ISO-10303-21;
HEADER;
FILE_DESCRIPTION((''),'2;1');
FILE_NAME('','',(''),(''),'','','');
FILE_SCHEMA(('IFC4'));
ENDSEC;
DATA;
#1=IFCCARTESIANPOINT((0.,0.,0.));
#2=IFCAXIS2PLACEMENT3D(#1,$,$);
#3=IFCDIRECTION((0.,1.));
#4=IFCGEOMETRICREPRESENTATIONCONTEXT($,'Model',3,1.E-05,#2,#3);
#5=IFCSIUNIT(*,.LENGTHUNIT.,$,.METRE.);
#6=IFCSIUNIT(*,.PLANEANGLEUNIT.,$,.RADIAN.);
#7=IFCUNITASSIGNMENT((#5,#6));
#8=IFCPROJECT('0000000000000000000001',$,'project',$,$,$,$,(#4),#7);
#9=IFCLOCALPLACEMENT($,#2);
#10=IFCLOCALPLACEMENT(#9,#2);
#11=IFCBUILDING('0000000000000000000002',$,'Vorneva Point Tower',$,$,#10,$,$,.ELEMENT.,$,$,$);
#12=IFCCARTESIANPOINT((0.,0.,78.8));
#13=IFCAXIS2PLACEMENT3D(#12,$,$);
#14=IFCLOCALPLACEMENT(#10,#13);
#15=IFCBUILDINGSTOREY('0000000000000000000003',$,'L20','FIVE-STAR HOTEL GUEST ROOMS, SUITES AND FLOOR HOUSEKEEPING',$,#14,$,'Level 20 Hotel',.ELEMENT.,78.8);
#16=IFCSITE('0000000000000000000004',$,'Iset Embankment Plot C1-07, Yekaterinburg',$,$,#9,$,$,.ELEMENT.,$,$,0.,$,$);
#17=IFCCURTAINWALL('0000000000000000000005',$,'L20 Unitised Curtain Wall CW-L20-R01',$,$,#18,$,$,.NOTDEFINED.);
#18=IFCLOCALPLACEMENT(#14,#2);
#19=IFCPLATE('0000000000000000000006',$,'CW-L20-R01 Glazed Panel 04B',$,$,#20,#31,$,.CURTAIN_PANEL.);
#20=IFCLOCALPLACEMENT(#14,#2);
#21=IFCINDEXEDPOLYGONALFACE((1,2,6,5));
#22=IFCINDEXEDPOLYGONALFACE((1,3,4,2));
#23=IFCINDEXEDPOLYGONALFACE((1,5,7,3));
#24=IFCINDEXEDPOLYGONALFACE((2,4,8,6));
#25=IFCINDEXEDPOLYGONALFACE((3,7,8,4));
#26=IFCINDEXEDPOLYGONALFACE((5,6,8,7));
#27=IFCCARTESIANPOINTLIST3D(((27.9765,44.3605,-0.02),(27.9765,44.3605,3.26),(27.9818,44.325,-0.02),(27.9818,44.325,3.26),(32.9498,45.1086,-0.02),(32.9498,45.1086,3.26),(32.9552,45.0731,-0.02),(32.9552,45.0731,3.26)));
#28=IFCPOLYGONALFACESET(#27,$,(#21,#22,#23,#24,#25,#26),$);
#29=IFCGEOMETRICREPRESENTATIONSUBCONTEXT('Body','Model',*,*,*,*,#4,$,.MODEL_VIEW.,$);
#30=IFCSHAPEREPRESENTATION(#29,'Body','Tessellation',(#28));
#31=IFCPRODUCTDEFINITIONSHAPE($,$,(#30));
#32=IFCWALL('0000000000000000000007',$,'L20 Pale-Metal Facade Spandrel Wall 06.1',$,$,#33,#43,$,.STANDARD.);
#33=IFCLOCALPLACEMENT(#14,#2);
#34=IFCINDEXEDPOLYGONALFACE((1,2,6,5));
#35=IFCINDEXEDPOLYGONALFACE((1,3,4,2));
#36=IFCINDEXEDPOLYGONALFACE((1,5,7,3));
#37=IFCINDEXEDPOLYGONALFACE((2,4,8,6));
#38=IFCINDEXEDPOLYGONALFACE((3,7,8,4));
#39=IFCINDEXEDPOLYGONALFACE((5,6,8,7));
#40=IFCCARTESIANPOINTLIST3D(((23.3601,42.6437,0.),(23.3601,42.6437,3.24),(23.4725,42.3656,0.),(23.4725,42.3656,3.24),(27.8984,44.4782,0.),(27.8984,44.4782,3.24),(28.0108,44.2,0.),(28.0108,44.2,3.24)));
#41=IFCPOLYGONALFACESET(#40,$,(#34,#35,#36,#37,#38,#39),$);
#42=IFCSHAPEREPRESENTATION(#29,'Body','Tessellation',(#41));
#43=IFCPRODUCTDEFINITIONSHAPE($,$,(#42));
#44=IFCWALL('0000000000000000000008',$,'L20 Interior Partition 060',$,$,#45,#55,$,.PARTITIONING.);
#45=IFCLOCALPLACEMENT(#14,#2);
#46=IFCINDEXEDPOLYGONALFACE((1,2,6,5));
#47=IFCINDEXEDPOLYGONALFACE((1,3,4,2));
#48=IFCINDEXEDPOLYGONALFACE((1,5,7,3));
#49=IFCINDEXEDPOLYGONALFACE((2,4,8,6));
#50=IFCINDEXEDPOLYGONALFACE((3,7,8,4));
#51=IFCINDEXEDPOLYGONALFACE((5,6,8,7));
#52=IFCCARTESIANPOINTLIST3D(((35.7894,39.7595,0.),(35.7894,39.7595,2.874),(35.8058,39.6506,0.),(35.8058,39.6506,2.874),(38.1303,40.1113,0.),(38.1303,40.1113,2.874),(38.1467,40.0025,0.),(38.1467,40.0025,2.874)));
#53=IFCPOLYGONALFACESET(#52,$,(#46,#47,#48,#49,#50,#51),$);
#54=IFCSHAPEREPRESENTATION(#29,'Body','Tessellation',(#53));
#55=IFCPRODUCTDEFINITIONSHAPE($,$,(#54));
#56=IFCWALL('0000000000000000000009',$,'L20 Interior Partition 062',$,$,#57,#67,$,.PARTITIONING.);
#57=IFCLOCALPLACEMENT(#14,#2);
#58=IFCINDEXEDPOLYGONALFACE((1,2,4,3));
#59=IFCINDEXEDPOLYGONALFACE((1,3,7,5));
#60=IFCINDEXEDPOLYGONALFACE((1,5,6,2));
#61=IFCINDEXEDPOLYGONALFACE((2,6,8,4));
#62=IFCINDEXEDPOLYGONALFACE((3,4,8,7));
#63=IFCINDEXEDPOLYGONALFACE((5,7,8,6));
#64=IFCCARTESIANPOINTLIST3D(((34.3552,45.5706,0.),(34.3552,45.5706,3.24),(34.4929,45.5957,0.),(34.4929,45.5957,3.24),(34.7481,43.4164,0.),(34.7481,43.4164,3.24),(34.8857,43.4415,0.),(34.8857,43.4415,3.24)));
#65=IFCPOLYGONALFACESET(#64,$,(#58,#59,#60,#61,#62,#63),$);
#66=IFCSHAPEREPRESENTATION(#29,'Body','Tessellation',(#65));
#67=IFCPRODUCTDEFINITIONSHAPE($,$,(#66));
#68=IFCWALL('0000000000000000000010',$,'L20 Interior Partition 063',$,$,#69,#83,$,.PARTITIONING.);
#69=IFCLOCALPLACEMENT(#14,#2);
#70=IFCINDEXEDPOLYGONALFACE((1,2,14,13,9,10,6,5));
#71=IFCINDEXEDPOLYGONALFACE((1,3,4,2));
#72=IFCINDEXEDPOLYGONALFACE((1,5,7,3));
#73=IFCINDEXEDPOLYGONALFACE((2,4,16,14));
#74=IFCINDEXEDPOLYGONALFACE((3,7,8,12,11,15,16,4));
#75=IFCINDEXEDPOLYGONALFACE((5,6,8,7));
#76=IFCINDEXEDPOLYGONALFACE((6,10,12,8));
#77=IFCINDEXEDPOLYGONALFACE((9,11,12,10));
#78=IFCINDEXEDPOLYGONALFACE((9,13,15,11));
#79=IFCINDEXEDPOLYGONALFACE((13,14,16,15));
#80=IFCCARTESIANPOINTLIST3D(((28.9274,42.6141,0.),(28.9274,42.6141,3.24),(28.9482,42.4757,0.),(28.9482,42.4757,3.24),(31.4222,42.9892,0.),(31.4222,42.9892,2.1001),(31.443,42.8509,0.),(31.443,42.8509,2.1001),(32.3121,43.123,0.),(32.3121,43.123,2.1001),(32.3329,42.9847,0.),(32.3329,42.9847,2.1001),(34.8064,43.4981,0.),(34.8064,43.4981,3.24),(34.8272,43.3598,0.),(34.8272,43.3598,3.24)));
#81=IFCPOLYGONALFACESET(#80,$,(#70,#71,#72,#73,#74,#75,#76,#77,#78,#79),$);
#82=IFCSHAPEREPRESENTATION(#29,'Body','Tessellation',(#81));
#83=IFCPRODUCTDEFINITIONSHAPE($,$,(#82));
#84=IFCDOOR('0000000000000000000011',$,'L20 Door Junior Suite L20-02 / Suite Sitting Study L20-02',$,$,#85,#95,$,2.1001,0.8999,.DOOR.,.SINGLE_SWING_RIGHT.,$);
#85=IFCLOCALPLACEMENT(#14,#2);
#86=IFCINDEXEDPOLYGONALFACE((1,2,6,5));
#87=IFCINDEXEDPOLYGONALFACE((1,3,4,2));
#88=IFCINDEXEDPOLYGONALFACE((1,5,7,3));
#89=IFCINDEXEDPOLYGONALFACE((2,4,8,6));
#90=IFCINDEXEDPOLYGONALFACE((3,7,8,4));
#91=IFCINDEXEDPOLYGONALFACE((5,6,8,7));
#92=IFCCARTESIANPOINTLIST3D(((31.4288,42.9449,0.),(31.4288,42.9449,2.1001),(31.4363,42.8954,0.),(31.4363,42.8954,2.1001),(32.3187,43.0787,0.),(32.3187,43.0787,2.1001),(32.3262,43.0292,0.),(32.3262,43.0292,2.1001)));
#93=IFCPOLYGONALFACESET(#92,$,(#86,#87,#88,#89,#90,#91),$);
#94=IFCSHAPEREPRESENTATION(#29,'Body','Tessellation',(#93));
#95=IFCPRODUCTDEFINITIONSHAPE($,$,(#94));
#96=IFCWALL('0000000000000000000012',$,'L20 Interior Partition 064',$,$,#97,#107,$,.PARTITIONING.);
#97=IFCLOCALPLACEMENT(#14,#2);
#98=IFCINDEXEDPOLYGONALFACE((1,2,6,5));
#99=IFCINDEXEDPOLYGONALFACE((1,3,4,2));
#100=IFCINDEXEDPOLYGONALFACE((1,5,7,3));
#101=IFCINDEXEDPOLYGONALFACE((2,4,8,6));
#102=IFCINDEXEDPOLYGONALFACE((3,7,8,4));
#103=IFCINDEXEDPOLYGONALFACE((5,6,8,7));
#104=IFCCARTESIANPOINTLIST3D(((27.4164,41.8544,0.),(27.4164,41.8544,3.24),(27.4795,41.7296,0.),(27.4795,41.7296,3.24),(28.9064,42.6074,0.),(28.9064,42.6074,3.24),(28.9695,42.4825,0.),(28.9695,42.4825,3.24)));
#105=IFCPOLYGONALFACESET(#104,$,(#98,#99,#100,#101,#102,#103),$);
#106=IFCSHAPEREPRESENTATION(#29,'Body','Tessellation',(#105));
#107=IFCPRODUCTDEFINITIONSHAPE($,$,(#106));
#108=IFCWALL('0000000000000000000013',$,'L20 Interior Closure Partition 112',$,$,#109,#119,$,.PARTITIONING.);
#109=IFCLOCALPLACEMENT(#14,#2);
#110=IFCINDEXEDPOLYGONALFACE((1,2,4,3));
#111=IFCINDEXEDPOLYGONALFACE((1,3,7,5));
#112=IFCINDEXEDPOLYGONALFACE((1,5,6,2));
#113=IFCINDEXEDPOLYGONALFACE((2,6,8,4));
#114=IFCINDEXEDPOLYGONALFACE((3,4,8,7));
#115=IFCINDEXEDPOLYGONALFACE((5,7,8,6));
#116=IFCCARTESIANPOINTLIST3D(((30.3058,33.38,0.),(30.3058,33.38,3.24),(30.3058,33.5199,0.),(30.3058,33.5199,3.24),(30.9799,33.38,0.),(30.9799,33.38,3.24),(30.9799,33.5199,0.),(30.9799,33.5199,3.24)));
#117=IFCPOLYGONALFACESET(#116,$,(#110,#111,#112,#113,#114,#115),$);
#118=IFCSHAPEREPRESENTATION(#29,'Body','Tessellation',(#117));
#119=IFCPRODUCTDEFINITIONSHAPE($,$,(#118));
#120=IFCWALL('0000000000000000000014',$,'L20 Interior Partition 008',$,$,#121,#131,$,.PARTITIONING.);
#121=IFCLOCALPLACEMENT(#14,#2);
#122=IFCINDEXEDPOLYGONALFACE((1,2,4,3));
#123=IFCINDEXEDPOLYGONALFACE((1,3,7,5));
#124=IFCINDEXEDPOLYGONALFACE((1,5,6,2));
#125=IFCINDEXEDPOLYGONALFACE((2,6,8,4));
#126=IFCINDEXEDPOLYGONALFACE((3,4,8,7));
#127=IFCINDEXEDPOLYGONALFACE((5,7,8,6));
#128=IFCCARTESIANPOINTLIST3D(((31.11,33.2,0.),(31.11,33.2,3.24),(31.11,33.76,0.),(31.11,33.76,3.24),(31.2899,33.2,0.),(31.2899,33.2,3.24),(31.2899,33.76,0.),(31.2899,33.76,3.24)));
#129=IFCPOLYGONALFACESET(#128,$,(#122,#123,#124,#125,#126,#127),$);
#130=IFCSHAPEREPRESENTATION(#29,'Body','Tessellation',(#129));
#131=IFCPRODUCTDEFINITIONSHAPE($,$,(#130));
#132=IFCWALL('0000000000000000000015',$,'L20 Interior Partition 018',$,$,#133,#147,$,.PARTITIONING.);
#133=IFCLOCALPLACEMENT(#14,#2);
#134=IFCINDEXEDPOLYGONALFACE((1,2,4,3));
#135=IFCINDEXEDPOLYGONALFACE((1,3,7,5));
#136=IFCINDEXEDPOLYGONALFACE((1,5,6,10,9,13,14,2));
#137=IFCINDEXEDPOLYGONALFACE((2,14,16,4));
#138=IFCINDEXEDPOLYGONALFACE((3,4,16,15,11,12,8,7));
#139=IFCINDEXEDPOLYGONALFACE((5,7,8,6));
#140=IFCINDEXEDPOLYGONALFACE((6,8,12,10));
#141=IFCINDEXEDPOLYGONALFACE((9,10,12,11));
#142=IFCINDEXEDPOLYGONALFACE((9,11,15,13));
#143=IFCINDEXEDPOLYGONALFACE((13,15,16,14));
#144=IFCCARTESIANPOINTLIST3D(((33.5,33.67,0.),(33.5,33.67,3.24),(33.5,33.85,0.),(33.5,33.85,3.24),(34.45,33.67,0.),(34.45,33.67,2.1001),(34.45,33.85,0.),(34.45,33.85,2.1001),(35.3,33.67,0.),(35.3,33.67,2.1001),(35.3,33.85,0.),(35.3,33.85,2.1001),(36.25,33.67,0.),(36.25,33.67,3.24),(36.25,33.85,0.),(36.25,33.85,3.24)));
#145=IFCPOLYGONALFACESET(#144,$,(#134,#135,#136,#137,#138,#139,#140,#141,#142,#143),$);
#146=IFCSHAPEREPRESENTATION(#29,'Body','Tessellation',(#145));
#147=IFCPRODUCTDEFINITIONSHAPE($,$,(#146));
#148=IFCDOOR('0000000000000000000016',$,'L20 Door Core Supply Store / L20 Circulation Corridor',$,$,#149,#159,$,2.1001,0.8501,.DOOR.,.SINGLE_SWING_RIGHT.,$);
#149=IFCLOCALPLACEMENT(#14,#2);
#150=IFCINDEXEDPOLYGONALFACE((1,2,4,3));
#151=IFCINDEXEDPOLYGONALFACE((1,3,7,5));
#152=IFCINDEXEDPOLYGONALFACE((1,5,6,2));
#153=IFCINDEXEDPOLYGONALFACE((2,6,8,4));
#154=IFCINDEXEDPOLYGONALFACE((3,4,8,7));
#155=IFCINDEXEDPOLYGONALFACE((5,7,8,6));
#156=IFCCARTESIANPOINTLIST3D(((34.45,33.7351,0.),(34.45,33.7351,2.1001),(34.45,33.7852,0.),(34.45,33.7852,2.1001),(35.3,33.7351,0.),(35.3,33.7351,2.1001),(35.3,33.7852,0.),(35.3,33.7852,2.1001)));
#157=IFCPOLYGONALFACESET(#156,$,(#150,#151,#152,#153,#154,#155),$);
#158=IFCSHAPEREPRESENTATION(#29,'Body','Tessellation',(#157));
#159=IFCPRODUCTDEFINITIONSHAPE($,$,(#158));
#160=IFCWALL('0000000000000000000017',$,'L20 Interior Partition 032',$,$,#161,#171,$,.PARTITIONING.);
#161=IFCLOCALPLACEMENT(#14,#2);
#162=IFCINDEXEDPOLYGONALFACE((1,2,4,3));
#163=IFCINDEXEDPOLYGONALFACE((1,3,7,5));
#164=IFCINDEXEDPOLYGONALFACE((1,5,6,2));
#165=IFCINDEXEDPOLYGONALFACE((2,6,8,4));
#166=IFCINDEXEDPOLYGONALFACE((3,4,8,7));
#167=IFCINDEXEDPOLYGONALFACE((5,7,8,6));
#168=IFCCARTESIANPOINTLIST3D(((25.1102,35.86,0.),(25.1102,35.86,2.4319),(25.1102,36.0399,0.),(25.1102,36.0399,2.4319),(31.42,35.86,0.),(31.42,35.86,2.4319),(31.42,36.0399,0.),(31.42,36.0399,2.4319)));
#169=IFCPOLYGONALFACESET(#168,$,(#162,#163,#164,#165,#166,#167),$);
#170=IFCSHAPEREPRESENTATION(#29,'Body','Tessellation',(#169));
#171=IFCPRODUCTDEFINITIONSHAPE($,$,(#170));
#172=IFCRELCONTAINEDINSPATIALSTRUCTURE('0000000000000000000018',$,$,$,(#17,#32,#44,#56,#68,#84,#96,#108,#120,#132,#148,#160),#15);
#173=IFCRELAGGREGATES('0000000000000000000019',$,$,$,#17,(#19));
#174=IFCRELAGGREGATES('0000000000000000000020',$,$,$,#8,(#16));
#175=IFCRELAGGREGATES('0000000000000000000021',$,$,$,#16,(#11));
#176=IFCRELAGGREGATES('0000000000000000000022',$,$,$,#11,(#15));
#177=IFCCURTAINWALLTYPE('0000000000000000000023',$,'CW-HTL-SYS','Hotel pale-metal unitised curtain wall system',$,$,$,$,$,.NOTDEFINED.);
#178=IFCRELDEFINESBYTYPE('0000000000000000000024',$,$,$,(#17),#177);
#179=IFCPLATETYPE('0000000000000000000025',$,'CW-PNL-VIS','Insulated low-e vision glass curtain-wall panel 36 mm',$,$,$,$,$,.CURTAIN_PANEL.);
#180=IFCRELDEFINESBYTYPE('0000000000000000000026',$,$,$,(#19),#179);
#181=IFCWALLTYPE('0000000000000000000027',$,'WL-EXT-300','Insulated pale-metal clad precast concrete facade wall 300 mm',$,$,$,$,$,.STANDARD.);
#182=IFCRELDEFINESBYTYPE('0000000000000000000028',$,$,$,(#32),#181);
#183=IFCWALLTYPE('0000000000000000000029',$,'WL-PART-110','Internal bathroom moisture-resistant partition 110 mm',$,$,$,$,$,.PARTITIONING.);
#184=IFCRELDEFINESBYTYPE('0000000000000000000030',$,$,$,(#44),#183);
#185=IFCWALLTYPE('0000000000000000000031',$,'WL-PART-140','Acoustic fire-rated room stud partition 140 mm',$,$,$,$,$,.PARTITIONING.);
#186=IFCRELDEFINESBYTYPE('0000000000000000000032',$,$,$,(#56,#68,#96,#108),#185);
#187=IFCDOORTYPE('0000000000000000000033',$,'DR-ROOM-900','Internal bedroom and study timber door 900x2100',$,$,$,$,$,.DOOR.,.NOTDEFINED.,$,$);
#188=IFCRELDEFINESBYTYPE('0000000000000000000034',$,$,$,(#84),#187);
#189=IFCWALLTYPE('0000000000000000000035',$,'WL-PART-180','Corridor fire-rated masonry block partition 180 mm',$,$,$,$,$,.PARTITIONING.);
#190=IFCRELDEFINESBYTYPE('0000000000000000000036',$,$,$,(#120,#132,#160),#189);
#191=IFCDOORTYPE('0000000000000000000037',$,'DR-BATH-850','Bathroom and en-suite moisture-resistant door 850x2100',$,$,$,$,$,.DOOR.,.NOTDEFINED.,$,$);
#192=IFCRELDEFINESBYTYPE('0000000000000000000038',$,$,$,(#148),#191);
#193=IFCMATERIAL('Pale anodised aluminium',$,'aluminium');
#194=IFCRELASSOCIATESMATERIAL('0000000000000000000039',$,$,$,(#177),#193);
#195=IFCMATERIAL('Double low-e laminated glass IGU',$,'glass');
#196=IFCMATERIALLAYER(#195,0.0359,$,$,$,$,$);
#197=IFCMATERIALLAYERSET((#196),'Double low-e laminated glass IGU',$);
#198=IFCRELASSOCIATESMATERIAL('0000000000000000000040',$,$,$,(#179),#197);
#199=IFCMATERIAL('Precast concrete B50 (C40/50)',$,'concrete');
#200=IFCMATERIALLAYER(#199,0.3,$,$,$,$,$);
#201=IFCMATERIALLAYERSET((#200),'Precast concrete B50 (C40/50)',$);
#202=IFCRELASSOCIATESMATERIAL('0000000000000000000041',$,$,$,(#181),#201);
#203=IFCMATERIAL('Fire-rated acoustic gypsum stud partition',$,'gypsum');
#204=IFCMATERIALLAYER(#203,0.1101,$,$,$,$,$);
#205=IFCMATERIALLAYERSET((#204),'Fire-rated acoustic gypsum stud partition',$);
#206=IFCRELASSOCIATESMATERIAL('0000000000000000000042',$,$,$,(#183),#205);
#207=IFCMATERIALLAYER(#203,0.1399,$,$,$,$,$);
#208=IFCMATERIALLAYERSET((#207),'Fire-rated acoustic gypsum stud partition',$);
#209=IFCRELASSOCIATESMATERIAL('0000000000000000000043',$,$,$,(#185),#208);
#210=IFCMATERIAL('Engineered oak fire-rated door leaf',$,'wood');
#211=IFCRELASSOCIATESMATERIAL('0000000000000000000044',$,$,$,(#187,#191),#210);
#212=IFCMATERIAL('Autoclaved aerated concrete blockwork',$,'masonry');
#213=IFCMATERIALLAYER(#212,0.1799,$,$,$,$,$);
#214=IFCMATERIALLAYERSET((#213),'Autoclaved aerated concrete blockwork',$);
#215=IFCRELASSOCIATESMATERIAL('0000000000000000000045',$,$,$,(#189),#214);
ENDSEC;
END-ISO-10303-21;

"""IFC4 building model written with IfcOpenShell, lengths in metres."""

from ifc_helpers import new_model, si_unit, direction, frame, frame_2d, origin, origin_2d, place, context, subcontext, project, spatial, rectangle, extrude, material, layer, layer_set, type_object, element, fill, aggregate, save


model = new_model("IFC4")

# Units and contexts
model_context = context("Model", 3, precision=1e-05, world=origin(), true_north=direction((0.0, 1.0)))
body_context = subcontext(model_context, "Body", "Model", "MODEL_VIEW")
ifc_project = project(units=[si_unit("LENGTHUNIT", "METRE"), si_unit("PLANEANGLEUNIT", "RADIAN")], contexts=[model_context])

# Site, building, storey
site_placement = place(None, origin())
site = spatial("IfcSite", under=ifc_project, at=site_placement, Name="Iset Embankment Plot C1-07, Yekaterinburg", CompositionType="ELEMENT", RefElevation=0.0)
building_placement = place(site_placement, origin())
building = spatial("IfcBuilding", under=site, at=building_placement, Name="Vorneva Point Tower", CompositionType="ELEMENT")
storey_placement = place(building_placement, frame((0.0, 0.0, 78.8)))
storey = spatial("IfcBuildingStorey", under=building, at=storey_placement, Name="L20", Description="FIVE-STAR HOTEL GUEST ROOMS, SUITES AND FLOOR HOUSEKEEPING", LongName="Level 20 Hotel", CompositionType="ELEMENT", Elevation=78.8)

# Curtain wall, plate
ifc_material_1 = material(Name="Pale anodised aluminium", Category="aluminium")
curtain_wall_type = type_object("IfcCurtainWallType", Name="CW-HTL-SYS", Description="Hotel pale-metal unitised curtain wall system", PredefinedType="NOTDEFINED", material=ifc_material_1)
curtain_wall_placement = place(storey_placement, origin())
curtain_wall = element("IfcCurtainWall", 1, at=curtain_wall_placement, inside=storey, type_object=curtain_wall_type, Name="L20 Unitised Curtain Wall CW-L20-R01", PredefinedType="NOTDEFINED")
ifc_material_2 = material(Name="Double low-e laminated glass IGU", Category="glass")
ifc_layer_1 = layer(ifc_material_2, 0.0359)
ifc_layer_set_1 = layer_set([ifc_layer_1], Name="Double low-e laminated glass IGU")
plate_type = type_object("IfcPlateType", Name="CW-PNL-VIS", Description="Insulated low-e vision glass curtain-wall panel 36 mm", PredefinedType="CURTAIN_PANEL", material=ifc_layer_set_1)
plate_1_placement = place(storey_placement, frame((30.4658, 44.7168, -0.02), z_axis=(0.0, 0.0, 1.0), x_axis=(-0.988876, -0.148741, 0.0)))
plate_1 = element("IfcPlate", 2, at=plate_1_placement, type_object=plate_type, Name="CW-L20-R01 Glazed Panel 04B", PredefinedType="CURTAIN_PANEL", context=body_context, shape_type="SweptSolid", body=[
    extrude(rectangle(XDim=5.0293, YDim=0.0359, at=origin_2d()), origin(), (0.0, 0.0, 1.0), 3.28),
])
aggregate(curtain_wall, [plate_1])

# Walls
ifc_material_3 = material(Name="Precast concrete B50 (C40/50)", Category="concrete")
ifc_layer_2 = layer(ifc_material_3, 0.3)
ifc_layer_set_2 = layer_set([ifc_layer_2], Name="Precast concrete B50 (C40/50)")
wall_type_1 = type_object("IfcWallType", Name="WL-EXT-300", Description="Insulated pale-metal clad precast concrete facade wall 300 mm", PredefinedType="STANDARD", material=ifc_layer_set_2)
wall_1_placement = place(storey_placement, frame((27.9546, 44.3391, 0.0), z_axis=(0.0, 0.0, 1.0), x_axis=(-0.927122, -0.374759, 0.0)))
element("IfcWall", 3, at=wall_1_placement, inside=storey, type_object=wall_type_1, Name="L20 Pale-Metal Facade Spandrel Wall 06.1", PredefinedType="STANDARD", context=body_context, shape_type="SweptSolid", body=[
    extrude(rectangle(XDim=4.895, YDim=0.3, at=frame_2d((2.4475, 0.0))), origin(), (0.0, 0.0, 1.0), 3.24),
])
ifc_material_4 = material(Name="Fire-rated acoustic gypsum stud partition", Category="gypsum")
ifc_layer_3 = layer(ifc_material_4, 0.1101)
ifc_layer_set_3 = layer_set([ifc_layer_3], Name="Fire-rated acoustic gypsum stud partition")
wall_type_2 = type_object("IfcWallType", Name="WL-PART-110", Description="Internal bathroom moisture-resistant partition 110 mm", PredefinedType="PARTITIONING", material=ifc_layer_set_3)
wall_2_placement = place(storey_placement, frame((35.7976, 39.7051, 0.0), z_axis=(0.0, 0.0, 1.0), x_axis=(0.988894, 0.148623, 0.0)))
element("IfcWall", 4, at=wall_2_placement, inside=storey, type_object=wall_type_2, Name="L20 Interior Partition 060", PredefinedType="PARTITIONING", context=body_context, shape_type="SweptSolid", body=[
    extrude(rectangle(XDim=2.3672, YDim=0.1101, at=frame_2d((1.1836, 0.0))), origin(), (0.0, 0.0, 1.0), 2.874),
])
ifc_layer_4 = layer(ifc_material_4, 0.1399)
ifc_layer_set_4 = layer_set([ifc_layer_4], Name="Fire-rated acoustic gypsum stud partition")
wall_type_3 = type_object("IfcWallType", Name="WL-PART-140", Description="Acoustic fire-rated room stud partition 140 mm", PredefinedType="PARTITIONING", material=ifc_layer_set_4)
wall_3_placement = place(storey_placement, frame((34.4241, 45.583, 0.0), z_axis=(0.0, 0.0, 1.0), x_axis=(0.179405, -0.983775, 0.0)))
element("IfcWall", 5, at=wall_3_placement, inside=storey, type_object=wall_type_3, Name="L20 Interior Partition 062", PredefinedType="PARTITIONING", context=body_context, shape_type="SweptSolid", body=[
    extrude(rectangle(XDim=2.1897, YDim=0.1399, at=frame_2d((1.0947, 0.0))), origin(), (0.0, 0.0, 1.0), 3.24),
])

# Wall, opening, door
wall_4_placement = place(storey_placement, frame((34.8169, 43.429, 0.0), z_axis=(0.0, 0.0, 1.0), x_axis=(-0.988882, -0.148702, 0.0)))
wall_4 = element("IfcWall", 6, at=wall_4_placement, inside=storey, type_object=wall_type_3, Name="L20 Interior Partition 063", PredefinedType="PARTITIONING", context=body_context, shape_type="SweptSolid", body=[
    extrude(rectangle(XDim=5.9451, YDim=0.1399, at=frame_2d((2.9727, 0.0))), origin(), (0.0, 0.0, 1.0), 3.24),
])
opening_1_placement = place(wall_4_placement, frame((2.5225, 0.0, 0.0)))
opening_1 = element("IfcOpeningElement", 7, at=opening_1_placement, cuts=wall_4, PredefinedType="OPENING", context=body_context, shape_type="SweptSolid", body=[
    extrude(rectangle(XDim=0.8999, YDim=2.1001, at=frame_2d((0.45, 1.05))), frame((0.0, 0.085, 0.0), z_axis=(0.0, -1.0, 0.0), x_axis=(1.0, 0.0, 0.0)), (0.0, 0.0, 1.0), 0.1697),
])
ifc_material_5 = material(Name="Engineered oak fire-rated door leaf", Category="wood")
door_type_1 = type_object("IfcDoorType", Name="DR-ROOM-900", Description="Internal bedroom and study timber door 900x2100", OperationType="NOTDEFINED", PredefinedType="DOOR", material=ifc_material_5)
door_1_placement = place(opening_1_placement, origin())
door_1 = element("IfcDoor", 8, at=door_1_placement, inside=storey, type_object=door_type_1, Name="L20 Door Junior Suite L20-02 / Suite Sitting Study L20-02", OperationType="SINGLE_SWING_RIGHT", OverallHeight=2.1001, OverallWidth=0.8999, PredefinedType="DOOR", context=body_context, shape_type="SweptSolid", body=[
    extrude(rectangle(XDim=0.8999, YDim=2.1001, at=frame_2d((0.45, 1.05))), frame((0.0, 0.0249, 0.0), z_axis=(0.0, -1.0, 0.0), x_axis=(1.0, 0.0, 0.0)), (0.0, 0.0, 1.0), 0.05),
])
fill(opening_1, door_1)

# Walls
wall_5_placement = place(storey_placement, frame((28.938, 42.5449, 0.0), z_axis=(0.0, 0.0, 1.0), x_axis=(-0.892518, -0.451012, 0.0)))
element("IfcWall", 9, at=wall_5_placement, inside=storey, type_object=wall_type_3, Name="L20 Interior Partition 064", PredefinedType="PARTITIONING", context=body_context, shape_type="SweptSolid", body=[
    extrude(rectangle(XDim=1.6694, YDim=0.1399, at=frame_2d((0.8347, 0.0))), origin(), (0.0, 0.0, 1.0), 3.24),
])
wall_6_placement = place(storey_placement, frame((30.3059, 33.45, 0.0), z_axis=(0.0, 0.0, 1.0), x_axis=(1.0, 0.0, 0.0)))
element("IfcWall", 10, at=wall_6_placement, inside=storey, type_object=wall_type_3, Name="L20 Interior Closure Partition 112", PredefinedType="PARTITIONING", context=body_context, shape_type="SweptSolid", body=[
    extrude(rectangle(XDim=0.6741, YDim=0.1399, at=frame_2d((0.3369, 0.0))), origin(), (0.0, 0.0, 1.0), 3.24),
])

# Shared definitions
ifc_material_6 = material(Name="Autoclaved aerated concrete blockwork", Category="masonry")
ifc_layer_5 = layer(ifc_material_6, 0.1799)
ifc_layer_set_5 = layer_set([ifc_layer_5], Name="Autoclaved aerated concrete blockwork")
wall_type_4 = type_object("IfcWallType", Name="WL-PART-180", Description="Corridor fire-rated masonry block partition 180 mm", PredefinedType="PARTITIONING", material=ifc_layer_set_5)

# Wall
wall_7_placement = place(storey_placement, frame((31.2, 33.76, 0.0), z_axis=(0.0, 0.0, 1.0), x_axis=(0.0, -1.0, 0.0)))
element("IfcWall", 11, at=wall_7_placement, inside=storey, type_object=wall_type_4, Name="L20 Interior Partition 008", PredefinedType="PARTITIONING", context=body_context, shape_type="SweptSolid", body=[
    extrude(rectangle(XDim=0.5601, YDim=0.1799, at=frame_2d((0.28, 0.0))), origin(), (0.0, 0.0, 1.0), 3.24),
])

# Wall, opening, door
wall_8_placement = place(storey_placement, frame((36.25, 33.76, 0.0), z_axis=(0.0, 0.0, 1.0), x_axis=(-1.0, 0.0, 0.0)))
wall_8 = element("IfcWall", 12, at=wall_8_placement, inside=storey, type_object=wall_type_4, Name="L20 Interior Partition 018", PredefinedType="PARTITIONING", context=body_context, shape_type="SweptSolid", body=[
    extrude(rectangle(XDim=2.75, YDim=0.1799, at=frame_2d((1.375, 0.0))), origin(), (0.0, 0.0, 1.0), 3.24),
])
opening_2_placement = place(wall_8_placement, frame((0.95, 0.0, 0.0)))
opening_2 = element("IfcOpeningElement", 13, at=opening_2_placement, cuts=wall_8, PredefinedType="OPENING", context=body_context, shape_type="SweptSolid", body=[
    extrude(rectangle(XDim=0.8501, YDim=2.1001, at=frame_2d((0.425, 1.05))), frame((0.0, 0.105, 0.0), z_axis=(0.0, -1.0, 0.0), x_axis=(1.0, 0.0, 0.0)), (0.0, 0.0, 1.0), 0.2097),
])
door_type_2 = type_object("IfcDoorType", Name="DR-BATH-850", Description="Bathroom and en-suite moisture-resistant door 850x2100", OperationType="NOTDEFINED", PredefinedType="DOOR", material=ifc_material_5)
door_2_placement = place(opening_2_placement, origin())
door_2 = element("IfcDoor", 14, at=door_2_placement, inside=storey, type_object=door_type_2, Name="L20 Door Core Supply Store / L20 Circulation Corridor", OperationType="SINGLE_SWING_RIGHT", OverallHeight=2.1001, OverallWidth=0.8501, PredefinedType="DOOR", context=body_context, shape_type="SweptSolid", body=[
    extrude(rectangle(XDim=0.8501, YDim=2.1001, at=frame_2d((0.425, 1.05))), frame((0.0, 0.0249, 0.0), z_axis=(0.0, -1.0, 0.0), x_axis=(1.0, 0.0, 0.0)), (0.0, 0.0, 1.0), 0.05),
])
fill(opening_2, door_2)

# Wall
wall_9_placement = place(storey_placement, frame((31.4199, 35.95, 0.0), z_axis=(0.0, 0.0, 1.0), x_axis=(-1.0, 0.0, 0.0)))
element("IfcWall", 15, at=wall_9_placement, inside=storey, type_object=wall_type_4, Name="L20 Interior Partition 032", PredefinedType="PARTITIONING", context=body_context, shape_type="SweptSolid", body=[
    extrude(rectangle(XDim=6.3098, YDim=0.1799, at=frame_2d((3.1548, 0.0))), origin(), (0.0, 0.0, 1.0), 2.4319),
])

save(model, "model.ifc")
